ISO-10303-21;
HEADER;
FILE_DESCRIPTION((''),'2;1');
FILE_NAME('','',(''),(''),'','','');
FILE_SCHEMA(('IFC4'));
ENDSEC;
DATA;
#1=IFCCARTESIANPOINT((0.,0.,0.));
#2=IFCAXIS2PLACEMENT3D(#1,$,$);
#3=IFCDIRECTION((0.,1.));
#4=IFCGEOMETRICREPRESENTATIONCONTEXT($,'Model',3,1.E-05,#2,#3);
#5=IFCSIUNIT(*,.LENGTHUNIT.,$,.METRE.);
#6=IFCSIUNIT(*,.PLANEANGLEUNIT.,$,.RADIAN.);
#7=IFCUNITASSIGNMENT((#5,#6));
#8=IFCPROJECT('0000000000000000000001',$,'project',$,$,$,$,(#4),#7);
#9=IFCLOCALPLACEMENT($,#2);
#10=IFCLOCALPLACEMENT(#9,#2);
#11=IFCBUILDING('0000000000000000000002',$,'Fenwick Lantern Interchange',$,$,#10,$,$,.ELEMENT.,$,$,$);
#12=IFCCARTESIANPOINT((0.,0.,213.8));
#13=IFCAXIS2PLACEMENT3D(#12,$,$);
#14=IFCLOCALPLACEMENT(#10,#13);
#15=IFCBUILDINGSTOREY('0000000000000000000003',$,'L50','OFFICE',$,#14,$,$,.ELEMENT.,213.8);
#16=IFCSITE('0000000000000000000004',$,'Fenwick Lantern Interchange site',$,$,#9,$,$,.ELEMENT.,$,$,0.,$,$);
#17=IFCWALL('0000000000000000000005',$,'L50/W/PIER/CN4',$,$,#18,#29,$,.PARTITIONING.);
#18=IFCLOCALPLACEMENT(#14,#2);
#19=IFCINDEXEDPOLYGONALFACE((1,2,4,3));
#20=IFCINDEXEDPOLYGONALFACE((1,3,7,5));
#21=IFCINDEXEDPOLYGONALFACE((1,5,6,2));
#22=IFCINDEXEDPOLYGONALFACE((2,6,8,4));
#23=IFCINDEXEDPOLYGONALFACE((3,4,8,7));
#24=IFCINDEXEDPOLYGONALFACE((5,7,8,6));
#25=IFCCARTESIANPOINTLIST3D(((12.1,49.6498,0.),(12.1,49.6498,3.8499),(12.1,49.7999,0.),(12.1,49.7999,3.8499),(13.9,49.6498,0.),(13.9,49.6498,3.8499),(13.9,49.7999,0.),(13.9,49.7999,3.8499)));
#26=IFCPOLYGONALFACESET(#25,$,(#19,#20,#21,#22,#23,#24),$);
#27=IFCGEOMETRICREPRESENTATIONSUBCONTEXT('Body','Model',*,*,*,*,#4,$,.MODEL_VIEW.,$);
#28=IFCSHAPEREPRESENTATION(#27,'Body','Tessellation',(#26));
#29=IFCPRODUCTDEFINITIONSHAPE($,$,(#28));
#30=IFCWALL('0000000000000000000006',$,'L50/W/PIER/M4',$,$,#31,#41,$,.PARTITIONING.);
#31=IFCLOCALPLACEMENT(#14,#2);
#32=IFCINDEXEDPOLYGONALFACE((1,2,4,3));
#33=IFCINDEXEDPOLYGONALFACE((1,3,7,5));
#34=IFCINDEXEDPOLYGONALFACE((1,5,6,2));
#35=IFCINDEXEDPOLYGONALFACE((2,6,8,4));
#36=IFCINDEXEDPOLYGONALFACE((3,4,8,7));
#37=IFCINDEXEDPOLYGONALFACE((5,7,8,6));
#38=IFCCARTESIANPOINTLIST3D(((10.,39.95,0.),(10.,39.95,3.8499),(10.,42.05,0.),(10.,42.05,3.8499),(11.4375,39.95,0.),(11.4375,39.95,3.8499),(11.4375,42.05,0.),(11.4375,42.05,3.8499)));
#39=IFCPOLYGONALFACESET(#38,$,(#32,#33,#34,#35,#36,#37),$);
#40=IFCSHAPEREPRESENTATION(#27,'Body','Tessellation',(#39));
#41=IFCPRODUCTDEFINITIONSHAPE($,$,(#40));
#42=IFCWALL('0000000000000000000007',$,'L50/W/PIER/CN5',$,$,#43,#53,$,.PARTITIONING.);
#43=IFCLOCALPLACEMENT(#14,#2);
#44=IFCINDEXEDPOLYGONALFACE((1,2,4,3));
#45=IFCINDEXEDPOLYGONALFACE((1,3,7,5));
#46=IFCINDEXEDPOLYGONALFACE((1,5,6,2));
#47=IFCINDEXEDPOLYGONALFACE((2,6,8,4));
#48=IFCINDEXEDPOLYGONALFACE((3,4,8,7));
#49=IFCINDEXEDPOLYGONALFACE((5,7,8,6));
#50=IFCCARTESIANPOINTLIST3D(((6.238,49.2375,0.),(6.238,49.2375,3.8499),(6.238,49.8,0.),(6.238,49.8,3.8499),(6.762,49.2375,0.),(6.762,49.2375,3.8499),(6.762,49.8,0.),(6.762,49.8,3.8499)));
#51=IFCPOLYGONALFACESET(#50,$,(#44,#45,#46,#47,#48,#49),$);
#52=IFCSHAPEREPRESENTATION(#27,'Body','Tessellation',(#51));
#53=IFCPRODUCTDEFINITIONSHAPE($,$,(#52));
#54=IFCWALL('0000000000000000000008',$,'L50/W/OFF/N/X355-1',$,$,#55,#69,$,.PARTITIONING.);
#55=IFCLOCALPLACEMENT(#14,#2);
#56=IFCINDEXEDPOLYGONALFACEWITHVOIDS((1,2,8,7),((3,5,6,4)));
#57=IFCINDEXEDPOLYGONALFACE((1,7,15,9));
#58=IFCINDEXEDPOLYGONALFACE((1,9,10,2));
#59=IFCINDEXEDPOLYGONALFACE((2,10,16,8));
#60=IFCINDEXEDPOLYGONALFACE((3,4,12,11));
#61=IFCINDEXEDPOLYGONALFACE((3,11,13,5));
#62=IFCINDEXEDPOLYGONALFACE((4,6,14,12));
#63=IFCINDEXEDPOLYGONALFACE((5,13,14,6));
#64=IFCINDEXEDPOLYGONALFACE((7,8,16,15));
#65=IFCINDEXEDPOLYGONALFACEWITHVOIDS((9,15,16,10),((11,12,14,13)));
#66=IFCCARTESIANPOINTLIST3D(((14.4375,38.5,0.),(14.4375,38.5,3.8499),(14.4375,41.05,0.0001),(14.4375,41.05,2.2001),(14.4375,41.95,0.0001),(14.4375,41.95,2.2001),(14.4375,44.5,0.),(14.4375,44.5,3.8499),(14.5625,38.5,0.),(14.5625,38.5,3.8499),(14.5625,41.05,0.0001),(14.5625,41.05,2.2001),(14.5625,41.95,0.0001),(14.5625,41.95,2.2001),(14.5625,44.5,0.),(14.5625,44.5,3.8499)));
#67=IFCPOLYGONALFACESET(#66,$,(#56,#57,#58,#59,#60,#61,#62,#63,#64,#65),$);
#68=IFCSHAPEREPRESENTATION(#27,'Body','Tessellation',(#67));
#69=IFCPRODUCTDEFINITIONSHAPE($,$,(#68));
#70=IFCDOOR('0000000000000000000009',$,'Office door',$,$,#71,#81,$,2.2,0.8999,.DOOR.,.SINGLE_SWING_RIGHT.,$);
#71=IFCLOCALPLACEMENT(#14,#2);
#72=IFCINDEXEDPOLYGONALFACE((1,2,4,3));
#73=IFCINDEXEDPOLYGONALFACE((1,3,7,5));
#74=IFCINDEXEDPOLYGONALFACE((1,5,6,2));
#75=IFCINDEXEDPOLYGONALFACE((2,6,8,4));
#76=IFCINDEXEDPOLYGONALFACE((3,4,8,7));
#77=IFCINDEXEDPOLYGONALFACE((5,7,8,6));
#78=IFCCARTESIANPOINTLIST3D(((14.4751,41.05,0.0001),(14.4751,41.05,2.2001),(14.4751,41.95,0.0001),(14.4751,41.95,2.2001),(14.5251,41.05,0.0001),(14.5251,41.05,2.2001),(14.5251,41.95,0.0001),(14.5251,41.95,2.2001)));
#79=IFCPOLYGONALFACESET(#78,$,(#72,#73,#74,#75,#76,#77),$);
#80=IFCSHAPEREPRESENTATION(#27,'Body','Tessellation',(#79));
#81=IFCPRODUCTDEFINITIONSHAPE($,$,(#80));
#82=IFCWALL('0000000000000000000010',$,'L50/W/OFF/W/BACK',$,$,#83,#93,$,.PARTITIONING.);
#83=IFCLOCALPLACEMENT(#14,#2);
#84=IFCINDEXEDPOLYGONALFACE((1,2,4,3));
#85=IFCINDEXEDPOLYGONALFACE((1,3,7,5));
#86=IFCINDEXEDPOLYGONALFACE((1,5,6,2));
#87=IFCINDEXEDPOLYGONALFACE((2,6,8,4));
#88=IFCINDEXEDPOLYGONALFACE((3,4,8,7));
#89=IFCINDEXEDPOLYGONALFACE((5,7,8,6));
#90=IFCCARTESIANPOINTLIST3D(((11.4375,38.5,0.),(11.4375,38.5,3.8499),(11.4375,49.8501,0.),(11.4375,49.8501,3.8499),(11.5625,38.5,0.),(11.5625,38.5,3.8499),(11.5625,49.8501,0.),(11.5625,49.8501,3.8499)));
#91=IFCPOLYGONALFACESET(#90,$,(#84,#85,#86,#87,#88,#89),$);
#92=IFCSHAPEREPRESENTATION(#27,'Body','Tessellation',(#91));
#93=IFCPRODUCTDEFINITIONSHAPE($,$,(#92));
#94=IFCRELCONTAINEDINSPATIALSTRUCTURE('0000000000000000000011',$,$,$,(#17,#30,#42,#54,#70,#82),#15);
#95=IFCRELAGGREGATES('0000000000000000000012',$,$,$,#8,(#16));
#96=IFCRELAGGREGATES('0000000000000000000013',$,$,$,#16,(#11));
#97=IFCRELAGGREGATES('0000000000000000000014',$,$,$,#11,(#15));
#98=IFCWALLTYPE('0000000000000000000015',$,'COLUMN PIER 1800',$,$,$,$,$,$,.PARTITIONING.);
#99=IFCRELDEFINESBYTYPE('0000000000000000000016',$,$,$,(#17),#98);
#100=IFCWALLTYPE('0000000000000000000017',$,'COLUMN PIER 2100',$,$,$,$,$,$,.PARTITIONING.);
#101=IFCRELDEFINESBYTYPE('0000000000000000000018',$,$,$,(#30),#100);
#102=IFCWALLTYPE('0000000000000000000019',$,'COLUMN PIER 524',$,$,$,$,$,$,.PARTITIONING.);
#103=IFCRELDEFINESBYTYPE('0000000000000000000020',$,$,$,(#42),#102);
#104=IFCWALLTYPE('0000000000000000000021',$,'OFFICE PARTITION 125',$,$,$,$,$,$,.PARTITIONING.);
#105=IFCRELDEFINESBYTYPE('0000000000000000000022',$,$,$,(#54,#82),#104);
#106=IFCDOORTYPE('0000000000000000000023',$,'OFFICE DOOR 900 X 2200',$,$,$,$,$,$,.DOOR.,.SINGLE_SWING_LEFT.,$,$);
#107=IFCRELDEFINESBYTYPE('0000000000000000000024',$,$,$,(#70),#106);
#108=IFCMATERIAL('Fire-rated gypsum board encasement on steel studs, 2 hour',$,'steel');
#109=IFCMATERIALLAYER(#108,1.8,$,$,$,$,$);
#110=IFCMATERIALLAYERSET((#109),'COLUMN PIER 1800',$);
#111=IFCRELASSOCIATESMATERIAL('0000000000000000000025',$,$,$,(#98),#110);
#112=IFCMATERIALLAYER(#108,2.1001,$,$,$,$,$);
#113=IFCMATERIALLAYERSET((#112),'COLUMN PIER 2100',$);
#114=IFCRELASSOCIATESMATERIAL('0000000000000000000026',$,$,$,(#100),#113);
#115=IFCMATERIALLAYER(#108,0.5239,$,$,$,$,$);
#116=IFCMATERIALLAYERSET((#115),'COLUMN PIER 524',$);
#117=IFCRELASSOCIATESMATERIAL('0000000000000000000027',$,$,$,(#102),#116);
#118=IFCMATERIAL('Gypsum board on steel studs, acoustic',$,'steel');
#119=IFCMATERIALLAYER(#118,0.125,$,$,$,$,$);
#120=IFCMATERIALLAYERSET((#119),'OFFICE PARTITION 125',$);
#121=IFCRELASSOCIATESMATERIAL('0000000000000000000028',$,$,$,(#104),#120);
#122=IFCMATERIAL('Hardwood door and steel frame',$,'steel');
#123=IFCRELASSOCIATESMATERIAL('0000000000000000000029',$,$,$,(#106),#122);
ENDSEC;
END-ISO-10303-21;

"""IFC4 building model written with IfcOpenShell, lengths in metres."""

from ifc_helpers import new_model, si_unit, direction, frame, frame_2d, origin, place, context, subcontext, project, spatial, rectangle, extrude, material, layer, layer_set, type_object, element, fill, save


model = new_model("IFC4")

# Units and contexts
model_context = context("Model", 3, precision=1e-05, world=origin(), true_north=direction((0.0, 1.0)))
body_context = subcontext(model_context, "Body", "Model", "MODEL_VIEW")
ifc_project = project(units=[si_unit("LENGTHUNIT", "METRE"), si_unit("PLANEANGLEUNIT", "RADIAN")], contexts=[model_context])

# Site, building, storey
site_placement = place(None, origin())
site = spatial("IfcSite", under=ifc_project, at=site_placement, Name="Fenwick Lantern Interchange site", CompositionType="ELEMENT", RefElevation=0.0)
building_placement = place(site_placement, origin())
building = spatial("IfcBuilding", under=site, at=building_placement, Name="Fenwick Lantern Interchange", CompositionType="ELEMENT")
storey_placement = place(building_placement, frame((0.0, 0.0, 213.8)))
storey = spatial("IfcBuildingStorey", under=building, at=storey_placement, Name="L50", Description="OFFICE", CompositionType="ELEMENT", Elevation=213.8)

# Walls
ifc_material_1 = material(Name="Fire-rated gypsum board encasement on steel studs, 2 hour", Category="steel")
ifc_layer_1 = layer(ifc_material_1, 1.8)
ifc_layer_set_1 = layer_set([ifc_layer_1], Name="COLUMN PIER 1800")
wall_type_1 = type_object("IfcWallType", Name="COLUMN PIER 1800", PredefinedType="PARTITIONING", material=ifc_layer_set_1)
wall_1_placement = place(storey_placement, frame((13.0, 49.8, 0.0), z_axis=(0.0, 0.0, 1.0), x_axis=(0.0, -1.0, 0.0)))
element("IfcWall", 1, at=wall_1_placement, inside=storey, type_object=wall_type_1, Name="L50/W/PIER/CN4", PredefinedType="PARTITIONING", context=body_context, shape_type="SweptSolid", body=[
    extrude(rectangle(XDim=0.1501, YDim=1.8, at=frame_2d((0.0752, 0.0))), origin(), (0.0, 0.0, 1.0), 3.8499),
])
ifc_layer_2 = layer(ifc_material_1, 2.1001)
ifc_layer_set_2 = layer_set([ifc_layer_2], Name="COLUMN PIER 2100")
wall_type_2 = type_object("IfcWallType", Name="COLUMN PIER 2100", PredefinedType="PARTITIONING", material=ifc_layer_set_2)
wall_2_placement = place(storey_placement, frame((11.4375, 41.0, 0.0), z_axis=(0.0, 0.0, 1.0), x_axis=(-1.0, 0.0, 0.0)))
element("IfcWall", 2, at=wall_2_placement, inside=storey, type_object=wall_type_2, Name="L50/W/PIER/M4", PredefinedType="PARTITIONING", context=body_context, shape_type="SweptSolid", body=[
    extrude(rectangle(XDim=1.4375, YDim=2.1001, at=frame_2d((0.7188, 0.0))), origin(), (0.0, 0.0, 1.0), 3.8499),
])
ifc_layer_3 = layer(ifc_material_1, 0.5239)
ifc_layer_set_3 = layer_set([ifc_layer_3], Name="COLUMN PIER 524")
wall_type_3 = type_object("IfcWallType", Name="COLUMN PIER 524", PredefinedType="PARTITIONING", material=ifc_layer_set_3)
wall_3_placement = place(storey_placement, frame((6.5, 49.8, 0.0), z_axis=(0.0, 0.0, 1.0), x_axis=(0.0, -1.0, 0.0)))
element("IfcWall", 3, at=wall_3_placement, inside=storey, type_object=wall_type_3, Name="L50/W/PIER/CN5", PredefinedType="PARTITIONING", context=body_context, shape_type="SweptSolid", body=[
    extrude(rectangle(XDim=0.5625, YDim=0.5239, at=frame_2d((0.2812, 0.0))), origin(), (0.0, 0.0, 1.0), 3.8499),
])

# Wall, opening, door
ifc_material_2 = material(Name="Gypsum board on steel studs, acoustic", Category="steel")
ifc_layer_4 = layer(ifc_material_2, 0.125)
ifc_layer_set_4 = layer_set([ifc_layer_4], Name="OFFICE PARTITION 125")
wall_type_4 = type_object("IfcWallType", Name="OFFICE PARTITION 125", PredefinedType="PARTITIONING", material=ifc_layer_set_4)
wall_4_placement = place(storey_placement, frame((14.5, 44.5, 0.0), z_axis=(0.0, 0.0, 1.0), x_axis=(0.0, -1.0, 0.0)))
wall_4 = element("IfcWall", 4, at=wall_4_placement, inside=storey, type_object=wall_type_4, Name="L50/W/OFF/N/X355-1", PredefinedType="PARTITIONING", context=body_context, shape_type="SweptSolid", body=[
    extrude(rectangle(XDim=6.0, YDim=0.125, at=frame_2d((3.0, 0.0))), origin(), (0.0, 0.0, 1.0), 3.8499),
])
opening_placement = place(wall_4_placement, frame((2.55, 0.0, 0.0)))
opening = element("IfcOpeningElement", 5, at=opening_placement, cuts=wall_4, PredefinedType="OPENING", context=body_context, shape_type="SweptSolid", body=[
    extrude(rectangle(XDim=0.8999, YDim=2.2, at=frame_2d((0.45, 1.1001))), frame((0.0, 0.0725, 0.0), z_axis=(0.0, -1.0, 0.0), x_axis=(1.0, 0.0, 0.0)), (0.0, 0.0, 1.0), 0.145),
])
ifc_material_3 = material(Name="Hardwood door and steel frame", Category="steel")
door_type = type_object("IfcDoorType", Name="OFFICE DOOR 900 X 2200", OperationType="SINGLE_SWING_LEFT", PredefinedType="DOOR", material=ifc_material_3)
door_placement = place(opening_placement, frame((0.8999, 0.0, 0.0), z_axis=(0.0, 0.0, 1.0), x_axis=(-1.0, 0.0, 0.0)))
door = element("IfcDoor", 6, at=door_placement, inside=storey, type_object=door_type, Name="Office door", OperationType="SINGLE_SWING_RIGHT", OverallHeight=2.2, OverallWidth=0.8999, PredefinedType="DOOR", context=body_context, shape_type="SweptSolid", body=[
    extrude(rectangle(XDim=0.8999, YDim=2.2, at=frame_2d((0.45, 1.1001))), frame((0.0, 0.0249, 0.0), z_axis=(0.0, -1.0, 0.0), x_axis=(1.0, 0.0, 0.0)), (0.0, 0.0, 1.0), 0.05),
])
fill(opening, door)

# Wall
wall_5_placement = place(storey_placement, frame((11.5, 49.8501, 0.0), z_axis=(0.0, 0.0, 1.0), x_axis=(0.0, -1.0, 0.0)))
element("IfcWall", 7, at=wall_5_placement, inside=storey, type_object=wall_type_4, Name="L50/W/OFF/W/BACK", PredefinedType="PARTITIONING", context=body_context, shape_type="SweptSolid", body=[
    extrude(rectangle(XDim=11.3501, YDim=0.125, at=frame_2d((5.675, 0.0))), origin(), (0.0, 0.0, 1.0), 3.8499),
])

save(model, "model.ifc")
